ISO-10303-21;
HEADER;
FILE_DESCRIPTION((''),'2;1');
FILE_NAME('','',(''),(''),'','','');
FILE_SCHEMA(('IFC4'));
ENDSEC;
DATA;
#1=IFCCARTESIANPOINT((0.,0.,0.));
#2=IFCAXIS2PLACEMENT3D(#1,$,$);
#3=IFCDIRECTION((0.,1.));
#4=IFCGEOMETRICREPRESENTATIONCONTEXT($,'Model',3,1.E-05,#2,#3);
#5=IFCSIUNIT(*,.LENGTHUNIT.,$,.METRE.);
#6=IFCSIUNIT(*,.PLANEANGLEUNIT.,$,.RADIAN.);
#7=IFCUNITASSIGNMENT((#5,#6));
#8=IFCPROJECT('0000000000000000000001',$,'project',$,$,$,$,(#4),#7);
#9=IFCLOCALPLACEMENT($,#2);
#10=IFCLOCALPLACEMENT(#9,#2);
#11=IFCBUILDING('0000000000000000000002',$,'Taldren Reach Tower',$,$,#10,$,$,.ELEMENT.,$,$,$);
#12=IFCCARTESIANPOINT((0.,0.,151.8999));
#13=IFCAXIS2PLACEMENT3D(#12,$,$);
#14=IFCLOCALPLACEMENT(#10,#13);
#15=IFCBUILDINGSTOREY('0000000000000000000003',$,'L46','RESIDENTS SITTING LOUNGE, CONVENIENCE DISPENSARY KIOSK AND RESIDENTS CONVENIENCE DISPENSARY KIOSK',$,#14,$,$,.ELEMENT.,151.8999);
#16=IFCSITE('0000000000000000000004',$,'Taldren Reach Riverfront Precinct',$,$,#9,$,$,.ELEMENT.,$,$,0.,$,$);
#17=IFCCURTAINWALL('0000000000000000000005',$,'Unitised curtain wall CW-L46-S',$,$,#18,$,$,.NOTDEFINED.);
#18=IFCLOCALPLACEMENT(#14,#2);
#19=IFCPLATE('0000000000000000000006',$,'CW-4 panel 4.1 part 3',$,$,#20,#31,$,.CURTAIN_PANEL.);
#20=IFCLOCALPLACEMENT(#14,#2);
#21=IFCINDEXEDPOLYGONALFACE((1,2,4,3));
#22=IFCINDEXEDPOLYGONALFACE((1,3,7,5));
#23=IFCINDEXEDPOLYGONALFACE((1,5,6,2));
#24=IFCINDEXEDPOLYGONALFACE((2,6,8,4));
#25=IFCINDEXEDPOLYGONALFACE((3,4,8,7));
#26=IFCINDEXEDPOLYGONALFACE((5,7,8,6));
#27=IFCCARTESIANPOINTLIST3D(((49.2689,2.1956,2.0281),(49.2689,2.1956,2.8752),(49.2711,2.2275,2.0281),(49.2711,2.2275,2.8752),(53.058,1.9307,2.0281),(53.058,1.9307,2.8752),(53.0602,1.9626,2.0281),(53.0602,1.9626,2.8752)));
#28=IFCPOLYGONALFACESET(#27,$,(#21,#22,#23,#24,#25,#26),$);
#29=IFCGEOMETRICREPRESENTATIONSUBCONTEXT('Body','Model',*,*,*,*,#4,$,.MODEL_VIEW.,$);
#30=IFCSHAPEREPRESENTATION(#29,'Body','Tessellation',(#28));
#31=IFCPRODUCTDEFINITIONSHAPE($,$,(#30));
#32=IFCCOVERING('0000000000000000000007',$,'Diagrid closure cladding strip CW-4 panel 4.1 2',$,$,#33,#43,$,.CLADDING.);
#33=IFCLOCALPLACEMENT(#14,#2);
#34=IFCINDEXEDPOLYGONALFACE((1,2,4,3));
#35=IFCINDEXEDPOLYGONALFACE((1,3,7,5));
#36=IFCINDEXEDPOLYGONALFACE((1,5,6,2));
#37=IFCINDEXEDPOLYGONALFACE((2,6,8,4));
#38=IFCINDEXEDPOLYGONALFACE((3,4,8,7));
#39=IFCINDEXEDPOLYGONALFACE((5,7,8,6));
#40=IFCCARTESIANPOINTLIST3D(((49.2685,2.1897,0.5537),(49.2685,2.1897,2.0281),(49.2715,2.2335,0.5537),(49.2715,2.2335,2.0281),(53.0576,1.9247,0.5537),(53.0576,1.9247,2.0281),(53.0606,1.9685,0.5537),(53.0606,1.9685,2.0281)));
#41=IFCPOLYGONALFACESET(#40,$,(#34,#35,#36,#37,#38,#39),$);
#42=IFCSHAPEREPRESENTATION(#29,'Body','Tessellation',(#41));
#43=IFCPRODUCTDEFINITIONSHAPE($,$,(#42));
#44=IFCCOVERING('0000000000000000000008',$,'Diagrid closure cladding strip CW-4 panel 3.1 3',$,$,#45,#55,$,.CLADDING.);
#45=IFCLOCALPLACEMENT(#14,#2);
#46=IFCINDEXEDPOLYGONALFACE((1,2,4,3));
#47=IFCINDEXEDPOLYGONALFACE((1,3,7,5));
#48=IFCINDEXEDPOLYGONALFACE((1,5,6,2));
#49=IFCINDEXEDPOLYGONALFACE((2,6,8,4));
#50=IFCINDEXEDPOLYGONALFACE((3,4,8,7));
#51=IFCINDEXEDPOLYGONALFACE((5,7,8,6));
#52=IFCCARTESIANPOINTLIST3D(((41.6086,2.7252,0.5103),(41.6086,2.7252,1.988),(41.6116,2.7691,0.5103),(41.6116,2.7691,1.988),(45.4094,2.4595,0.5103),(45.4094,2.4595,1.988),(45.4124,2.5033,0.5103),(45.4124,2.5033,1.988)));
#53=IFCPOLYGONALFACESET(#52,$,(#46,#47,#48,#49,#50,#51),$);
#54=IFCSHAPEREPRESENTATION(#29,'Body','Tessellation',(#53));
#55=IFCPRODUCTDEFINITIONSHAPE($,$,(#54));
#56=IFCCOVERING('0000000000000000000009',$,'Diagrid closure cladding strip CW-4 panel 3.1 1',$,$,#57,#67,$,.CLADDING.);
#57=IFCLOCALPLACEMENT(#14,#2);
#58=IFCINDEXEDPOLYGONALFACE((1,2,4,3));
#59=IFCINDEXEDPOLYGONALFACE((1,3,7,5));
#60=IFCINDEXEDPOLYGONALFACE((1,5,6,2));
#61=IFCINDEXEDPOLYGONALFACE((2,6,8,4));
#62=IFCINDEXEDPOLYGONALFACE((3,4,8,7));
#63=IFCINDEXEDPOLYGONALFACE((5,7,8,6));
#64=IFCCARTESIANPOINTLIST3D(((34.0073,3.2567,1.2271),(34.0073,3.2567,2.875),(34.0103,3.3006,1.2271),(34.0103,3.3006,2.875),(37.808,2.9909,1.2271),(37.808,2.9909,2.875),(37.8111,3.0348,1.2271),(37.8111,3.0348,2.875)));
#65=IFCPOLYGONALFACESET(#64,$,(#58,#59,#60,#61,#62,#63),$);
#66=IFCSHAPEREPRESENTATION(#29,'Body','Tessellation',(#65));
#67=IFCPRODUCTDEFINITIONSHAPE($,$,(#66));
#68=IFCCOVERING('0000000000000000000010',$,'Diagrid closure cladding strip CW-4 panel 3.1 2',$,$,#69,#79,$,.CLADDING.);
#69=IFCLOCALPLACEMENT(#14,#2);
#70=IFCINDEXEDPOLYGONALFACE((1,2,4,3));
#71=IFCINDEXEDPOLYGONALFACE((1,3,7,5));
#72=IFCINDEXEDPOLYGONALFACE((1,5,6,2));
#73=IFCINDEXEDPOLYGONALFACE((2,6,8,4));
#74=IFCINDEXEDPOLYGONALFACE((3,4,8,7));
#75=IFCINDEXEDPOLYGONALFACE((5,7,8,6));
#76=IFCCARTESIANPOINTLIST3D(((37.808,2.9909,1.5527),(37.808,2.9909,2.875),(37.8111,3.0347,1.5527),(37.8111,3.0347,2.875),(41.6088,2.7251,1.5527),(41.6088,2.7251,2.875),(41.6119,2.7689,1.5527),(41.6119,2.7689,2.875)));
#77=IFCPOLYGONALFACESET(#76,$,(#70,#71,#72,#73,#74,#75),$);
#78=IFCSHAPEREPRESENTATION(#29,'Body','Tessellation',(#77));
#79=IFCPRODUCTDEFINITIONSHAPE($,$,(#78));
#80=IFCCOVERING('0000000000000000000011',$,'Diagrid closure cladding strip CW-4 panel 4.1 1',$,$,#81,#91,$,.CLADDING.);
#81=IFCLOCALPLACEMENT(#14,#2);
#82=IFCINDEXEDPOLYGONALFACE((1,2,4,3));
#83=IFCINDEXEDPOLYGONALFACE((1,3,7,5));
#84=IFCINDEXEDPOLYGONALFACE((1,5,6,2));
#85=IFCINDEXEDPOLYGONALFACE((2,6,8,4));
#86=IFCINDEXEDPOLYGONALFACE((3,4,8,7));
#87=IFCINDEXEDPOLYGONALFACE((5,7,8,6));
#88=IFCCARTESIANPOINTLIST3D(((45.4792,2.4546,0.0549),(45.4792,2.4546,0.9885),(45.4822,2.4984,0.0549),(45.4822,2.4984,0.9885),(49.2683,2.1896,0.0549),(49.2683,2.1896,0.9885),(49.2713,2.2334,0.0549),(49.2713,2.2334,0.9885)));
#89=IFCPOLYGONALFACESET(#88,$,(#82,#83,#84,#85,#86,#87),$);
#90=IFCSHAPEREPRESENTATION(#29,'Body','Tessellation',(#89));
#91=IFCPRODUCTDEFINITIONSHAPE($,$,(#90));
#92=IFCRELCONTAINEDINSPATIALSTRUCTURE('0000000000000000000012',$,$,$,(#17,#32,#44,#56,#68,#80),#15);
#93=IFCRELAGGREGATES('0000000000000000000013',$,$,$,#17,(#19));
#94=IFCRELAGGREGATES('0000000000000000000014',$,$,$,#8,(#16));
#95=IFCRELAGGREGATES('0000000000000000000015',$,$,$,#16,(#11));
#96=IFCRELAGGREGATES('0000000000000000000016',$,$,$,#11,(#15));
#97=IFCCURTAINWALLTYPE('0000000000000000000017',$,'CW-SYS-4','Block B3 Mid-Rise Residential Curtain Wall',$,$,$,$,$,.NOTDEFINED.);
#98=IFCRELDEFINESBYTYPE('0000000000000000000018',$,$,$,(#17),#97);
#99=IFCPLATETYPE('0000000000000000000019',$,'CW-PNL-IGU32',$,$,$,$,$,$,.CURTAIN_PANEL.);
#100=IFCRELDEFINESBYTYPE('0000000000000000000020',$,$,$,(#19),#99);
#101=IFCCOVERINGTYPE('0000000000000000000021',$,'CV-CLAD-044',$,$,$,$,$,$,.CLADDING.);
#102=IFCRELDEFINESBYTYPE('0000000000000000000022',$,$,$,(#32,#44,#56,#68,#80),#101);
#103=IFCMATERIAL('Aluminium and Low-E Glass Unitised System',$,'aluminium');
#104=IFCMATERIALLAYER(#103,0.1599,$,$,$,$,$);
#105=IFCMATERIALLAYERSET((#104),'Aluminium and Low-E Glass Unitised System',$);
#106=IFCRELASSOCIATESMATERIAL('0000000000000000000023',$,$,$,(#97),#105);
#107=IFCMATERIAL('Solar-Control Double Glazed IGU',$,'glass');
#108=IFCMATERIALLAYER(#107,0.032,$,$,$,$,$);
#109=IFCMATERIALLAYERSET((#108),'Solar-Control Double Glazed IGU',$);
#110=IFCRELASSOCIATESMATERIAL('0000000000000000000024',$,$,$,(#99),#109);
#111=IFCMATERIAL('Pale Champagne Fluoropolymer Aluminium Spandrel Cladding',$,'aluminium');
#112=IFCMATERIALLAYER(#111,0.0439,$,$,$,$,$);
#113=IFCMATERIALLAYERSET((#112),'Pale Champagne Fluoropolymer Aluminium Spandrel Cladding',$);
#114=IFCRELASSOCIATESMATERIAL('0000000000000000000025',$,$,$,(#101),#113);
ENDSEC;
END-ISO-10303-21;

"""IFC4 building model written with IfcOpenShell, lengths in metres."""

from ifc_helpers import new_model, si_unit, direction, frame, origin, origin_2d, place, context, subcontext, project, spatial, rectangle, extrude, source, transform, mapped, material, layer, layer_set, type_object, element, aggregate, save


model = new_model("IFC4")

# Units and contexts
model_context = context("Model", 3, precision=1e-05, world=origin(), true_north=direction((0.0, 1.0)))
body_context = subcontext(model_context, "Body", "Model", "MODEL_VIEW")
ifc_project = project(units=[si_unit("LENGTHUNIT", "METRE"), si_unit("PLANEANGLEUNIT", "RADIAN")], contexts=[model_context])

# Site, building, storey
site_placement = place(None, origin())
site = spatial("IfcSite", under=ifc_project, at=site_placement, Name="Taldren Reach Riverfront Precinct", CompositionType="ELEMENT", RefElevation=0.0)
building_placement = place(site_placement, origin())
building = spatial("IfcBuilding", under=site, at=building_placement, Name="Taldren Reach Tower", CompositionType="ELEMENT")
storey_placement = place(building_placement, frame((0.0, 0.0, 151.8999)))
storey = spatial("IfcBuildingStorey", under=building, at=storey_placement, Name="L46", Description="RESIDENTS SITTING LOUNGE, CONVENIENCE DISPENSARY KIOSK AND RESIDENTS CONVENIENCE DISPENSARY KIOSK", CompositionType="ELEMENT", Elevation=151.8999)

# Curtain wall
ifc_material_1 = material(Name="Aluminium and Low-E Glass Unitised System", Category="aluminium")
ifc_layer_1 = layer(ifc_material_1, 0.1599)
ifc_layer_set_1 = layer_set([ifc_layer_1], Name="Aluminium and Low-E Glass Unitised System")
curtain_wall_type = type_object("IfcCurtainWallType", Name="CW-SYS-4", Description="Block B3 Mid-Rise Residential Curtain Wall", PredefinedType="NOTDEFINED", material=ifc_layer_set_1)
curtain_wall_placement = place(storey_placement, origin())
curtain_wall = element("IfcCurtainWall", 1, at=curtain_wall_placement, inside=storey, type_object=curtain_wall_type, Name="Unitised curtain wall CW-L46-S", PredefinedType="NOTDEFINED")

# Plate
ifc_material_2 = material(Name="Solar-Control Double Glazed IGU", Category="glass")
ifc_layer_2 = layer(ifc_material_2, 0.032)
ifc_layer_set_2 = layer_set([ifc_layer_2], Name="Solar-Control Double Glazed IGU")
plate_type_1 = type_object("IfcPlateType", Name="CW-PNL-IGU32", PredefinedType="CURTAIN_PANEL", material=ifc_layer_set_2)
shared_shape_1 = source(origin(), body_context, "Body", "SweptSolid", [
    extrude(rectangle(XDim=3.7983, YDim=0.032, at=origin_2d()), origin(), (0.0, 0.0, 1.0), 0.8472),
])
plate_1_placement = place(storey_placement, frame((51.1646, 2.0791, 2.0281), z_axis=(0.0, 0.0, 1.0), x_axis=(0.997564, -0.069757, 0.0)))
plate_1 = element("IfcPlate", 2, at=plate_1_placement, type_object=plate_type_1, Name="CW-4 panel 4.1 part 3", PredefinedType="CURTAIN_PANEL", context=body_context, shape_type="MappedRepresentation", body=[
    mapped(shared_shape_1, transform((0.0, 0.0, 0.0), scale=1.0)),
])
aggregate(curtain_wall, [plate_1])

# Coverings
ifc_material_3 = material(Name="Pale Champagne Fluoropolymer Aluminium Spandrel Cladding", Category="aluminium")
ifc_layer_3 = layer(ifc_material_3, 0.0439)
ifc_layer_set_3 = layer_set([ifc_layer_3], Name="Pale Champagne Fluoropolymer Aluminium Spandrel Cladding")
covering_type = type_object("IfcCoveringType", Name="CV-CLAD-044", PredefinedType="CLADDING", material=ifc_layer_set_3)
shared_shape_2 = source(origin(), body_context, "Body", "SweptSolid", [
    extrude(rectangle(XDim=3.7983, YDim=0.0439, at=origin_2d()), origin(), (0.0, 0.0, 1.0), 1.4744),
])
covering_1_placement = place(storey_placement, frame((51.1646, 2.0791, 0.5537), z_axis=(0.0, 0.0, 1.0), x_axis=(0.997564, -0.069757, 0.0)))
element("IfcCovering", 3, at=covering_1_placement, inside=storey, type_object=covering_type, Name="Diagrid closure cladding strip CW-4 panel 4.1 2", PredefinedType="CLADDING", context=body_context, shape_type="MappedRepresentation", body=[
    mapped(shared_shape_2, transform((0.0, 0.0, 0.0), scale=1.0)),
])
shared_shape_3 = source(origin(), body_context, "Body", "SweptSolid", [
    extrude(rectangle(XDim=3.8101, YDim=0.0439, at=origin_2d()), origin(), (0.0, 0.0, 1.0), 1.4778),
])
covering_2_placement = place(storey_placement, frame((43.5105, 2.6143, 0.5103), z_axis=(0.0, 0.0, 1.0), x_axis=(0.997564, -0.069757, 0.0)))
element("IfcCovering", 4, at=covering_2_placement, inside=storey, type_object=covering_type, Name="Diagrid closure cladding strip CW-4 panel 3.1 3", PredefinedType="CLADDING", context=body_context, shape_type="MappedRepresentation", body=[
    mapped(shared_shape_3, transform((0.0, 0.0, 0.0), scale=1.0)),
])
shared_shape_4 = source(origin(), body_context, "Body", "SweptSolid", [
    extrude(rectangle(XDim=3.8101, YDim=0.0439, at=origin_2d()), origin(), (0.0, 0.0, 1.0), 1.6479),
])
covering_3_placement = place(storey_placement, frame((35.9092, 3.1458, 1.2271), z_axis=(0.0, 0.0, 1.0), x_axis=(0.997564, -0.069757, 0.0)))
element("IfcCovering", 5, at=covering_3_placement, inside=storey, type_object=covering_type, Name="Diagrid closure cladding strip CW-4 panel 3.1 1", PredefinedType="CLADDING", context=body_context, shape_type="MappedRepresentation", body=[
    mapped(shared_shape_4, transform((0.0, 0.0, 0.0), scale=1.0)),
])
shared_shape_5 = source(origin(), body_context, "Body", "SweptSolid", [
    extrude(rectangle(XDim=3.8101, YDim=0.0439, at=origin_2d()), origin(), (0.0, 0.0, 1.0), 1.3223),
])
covering_4_placement = place(storey_placement, frame((39.71, 2.8799, 1.5527), z_axis=(0.0, 0.0, 1.0), x_axis=(0.997564, -0.069757, 0.0)))
element("IfcCovering", 6, at=covering_4_placement, inside=storey, type_object=covering_type, Name="Diagrid closure cladding strip CW-4 panel 3.1 2", PredefinedType="CLADDING", context=body_context, shape_type="MappedRepresentation", body=[
    mapped(shared_shape_5, transform((0.0, 0.0, 0.0), scale=1.0)),
])
shared_shape_6 = source(origin(), body_context, "Body", "SweptSolid", [
    extrude(rectangle(XDim=3.7983, YDim=0.0439, at=origin_2d()), origin(), (0.0, 0.0, 1.0), 0.9336),
])
covering_5_placement = place(storey_placement, frame((47.3752, 2.344, 0.0549), z_axis=(0.0, 0.0, 1.0), x_axis=(0.997564, -0.069757, 0.0)))
element("IfcCovering", 7, at=covering_5_placement, inside=storey, type_object=covering_type, Name="Diagrid closure cladding strip CW-4 panel 4.1 1", PredefinedType="CLADDING", context=body_context, shape_type="MappedRepresentation", body=[
    mapped(shared_shape_6, transform((0.0, 0.0, 0.0), scale=1.0)),
])

save(model, "model.ifc")
